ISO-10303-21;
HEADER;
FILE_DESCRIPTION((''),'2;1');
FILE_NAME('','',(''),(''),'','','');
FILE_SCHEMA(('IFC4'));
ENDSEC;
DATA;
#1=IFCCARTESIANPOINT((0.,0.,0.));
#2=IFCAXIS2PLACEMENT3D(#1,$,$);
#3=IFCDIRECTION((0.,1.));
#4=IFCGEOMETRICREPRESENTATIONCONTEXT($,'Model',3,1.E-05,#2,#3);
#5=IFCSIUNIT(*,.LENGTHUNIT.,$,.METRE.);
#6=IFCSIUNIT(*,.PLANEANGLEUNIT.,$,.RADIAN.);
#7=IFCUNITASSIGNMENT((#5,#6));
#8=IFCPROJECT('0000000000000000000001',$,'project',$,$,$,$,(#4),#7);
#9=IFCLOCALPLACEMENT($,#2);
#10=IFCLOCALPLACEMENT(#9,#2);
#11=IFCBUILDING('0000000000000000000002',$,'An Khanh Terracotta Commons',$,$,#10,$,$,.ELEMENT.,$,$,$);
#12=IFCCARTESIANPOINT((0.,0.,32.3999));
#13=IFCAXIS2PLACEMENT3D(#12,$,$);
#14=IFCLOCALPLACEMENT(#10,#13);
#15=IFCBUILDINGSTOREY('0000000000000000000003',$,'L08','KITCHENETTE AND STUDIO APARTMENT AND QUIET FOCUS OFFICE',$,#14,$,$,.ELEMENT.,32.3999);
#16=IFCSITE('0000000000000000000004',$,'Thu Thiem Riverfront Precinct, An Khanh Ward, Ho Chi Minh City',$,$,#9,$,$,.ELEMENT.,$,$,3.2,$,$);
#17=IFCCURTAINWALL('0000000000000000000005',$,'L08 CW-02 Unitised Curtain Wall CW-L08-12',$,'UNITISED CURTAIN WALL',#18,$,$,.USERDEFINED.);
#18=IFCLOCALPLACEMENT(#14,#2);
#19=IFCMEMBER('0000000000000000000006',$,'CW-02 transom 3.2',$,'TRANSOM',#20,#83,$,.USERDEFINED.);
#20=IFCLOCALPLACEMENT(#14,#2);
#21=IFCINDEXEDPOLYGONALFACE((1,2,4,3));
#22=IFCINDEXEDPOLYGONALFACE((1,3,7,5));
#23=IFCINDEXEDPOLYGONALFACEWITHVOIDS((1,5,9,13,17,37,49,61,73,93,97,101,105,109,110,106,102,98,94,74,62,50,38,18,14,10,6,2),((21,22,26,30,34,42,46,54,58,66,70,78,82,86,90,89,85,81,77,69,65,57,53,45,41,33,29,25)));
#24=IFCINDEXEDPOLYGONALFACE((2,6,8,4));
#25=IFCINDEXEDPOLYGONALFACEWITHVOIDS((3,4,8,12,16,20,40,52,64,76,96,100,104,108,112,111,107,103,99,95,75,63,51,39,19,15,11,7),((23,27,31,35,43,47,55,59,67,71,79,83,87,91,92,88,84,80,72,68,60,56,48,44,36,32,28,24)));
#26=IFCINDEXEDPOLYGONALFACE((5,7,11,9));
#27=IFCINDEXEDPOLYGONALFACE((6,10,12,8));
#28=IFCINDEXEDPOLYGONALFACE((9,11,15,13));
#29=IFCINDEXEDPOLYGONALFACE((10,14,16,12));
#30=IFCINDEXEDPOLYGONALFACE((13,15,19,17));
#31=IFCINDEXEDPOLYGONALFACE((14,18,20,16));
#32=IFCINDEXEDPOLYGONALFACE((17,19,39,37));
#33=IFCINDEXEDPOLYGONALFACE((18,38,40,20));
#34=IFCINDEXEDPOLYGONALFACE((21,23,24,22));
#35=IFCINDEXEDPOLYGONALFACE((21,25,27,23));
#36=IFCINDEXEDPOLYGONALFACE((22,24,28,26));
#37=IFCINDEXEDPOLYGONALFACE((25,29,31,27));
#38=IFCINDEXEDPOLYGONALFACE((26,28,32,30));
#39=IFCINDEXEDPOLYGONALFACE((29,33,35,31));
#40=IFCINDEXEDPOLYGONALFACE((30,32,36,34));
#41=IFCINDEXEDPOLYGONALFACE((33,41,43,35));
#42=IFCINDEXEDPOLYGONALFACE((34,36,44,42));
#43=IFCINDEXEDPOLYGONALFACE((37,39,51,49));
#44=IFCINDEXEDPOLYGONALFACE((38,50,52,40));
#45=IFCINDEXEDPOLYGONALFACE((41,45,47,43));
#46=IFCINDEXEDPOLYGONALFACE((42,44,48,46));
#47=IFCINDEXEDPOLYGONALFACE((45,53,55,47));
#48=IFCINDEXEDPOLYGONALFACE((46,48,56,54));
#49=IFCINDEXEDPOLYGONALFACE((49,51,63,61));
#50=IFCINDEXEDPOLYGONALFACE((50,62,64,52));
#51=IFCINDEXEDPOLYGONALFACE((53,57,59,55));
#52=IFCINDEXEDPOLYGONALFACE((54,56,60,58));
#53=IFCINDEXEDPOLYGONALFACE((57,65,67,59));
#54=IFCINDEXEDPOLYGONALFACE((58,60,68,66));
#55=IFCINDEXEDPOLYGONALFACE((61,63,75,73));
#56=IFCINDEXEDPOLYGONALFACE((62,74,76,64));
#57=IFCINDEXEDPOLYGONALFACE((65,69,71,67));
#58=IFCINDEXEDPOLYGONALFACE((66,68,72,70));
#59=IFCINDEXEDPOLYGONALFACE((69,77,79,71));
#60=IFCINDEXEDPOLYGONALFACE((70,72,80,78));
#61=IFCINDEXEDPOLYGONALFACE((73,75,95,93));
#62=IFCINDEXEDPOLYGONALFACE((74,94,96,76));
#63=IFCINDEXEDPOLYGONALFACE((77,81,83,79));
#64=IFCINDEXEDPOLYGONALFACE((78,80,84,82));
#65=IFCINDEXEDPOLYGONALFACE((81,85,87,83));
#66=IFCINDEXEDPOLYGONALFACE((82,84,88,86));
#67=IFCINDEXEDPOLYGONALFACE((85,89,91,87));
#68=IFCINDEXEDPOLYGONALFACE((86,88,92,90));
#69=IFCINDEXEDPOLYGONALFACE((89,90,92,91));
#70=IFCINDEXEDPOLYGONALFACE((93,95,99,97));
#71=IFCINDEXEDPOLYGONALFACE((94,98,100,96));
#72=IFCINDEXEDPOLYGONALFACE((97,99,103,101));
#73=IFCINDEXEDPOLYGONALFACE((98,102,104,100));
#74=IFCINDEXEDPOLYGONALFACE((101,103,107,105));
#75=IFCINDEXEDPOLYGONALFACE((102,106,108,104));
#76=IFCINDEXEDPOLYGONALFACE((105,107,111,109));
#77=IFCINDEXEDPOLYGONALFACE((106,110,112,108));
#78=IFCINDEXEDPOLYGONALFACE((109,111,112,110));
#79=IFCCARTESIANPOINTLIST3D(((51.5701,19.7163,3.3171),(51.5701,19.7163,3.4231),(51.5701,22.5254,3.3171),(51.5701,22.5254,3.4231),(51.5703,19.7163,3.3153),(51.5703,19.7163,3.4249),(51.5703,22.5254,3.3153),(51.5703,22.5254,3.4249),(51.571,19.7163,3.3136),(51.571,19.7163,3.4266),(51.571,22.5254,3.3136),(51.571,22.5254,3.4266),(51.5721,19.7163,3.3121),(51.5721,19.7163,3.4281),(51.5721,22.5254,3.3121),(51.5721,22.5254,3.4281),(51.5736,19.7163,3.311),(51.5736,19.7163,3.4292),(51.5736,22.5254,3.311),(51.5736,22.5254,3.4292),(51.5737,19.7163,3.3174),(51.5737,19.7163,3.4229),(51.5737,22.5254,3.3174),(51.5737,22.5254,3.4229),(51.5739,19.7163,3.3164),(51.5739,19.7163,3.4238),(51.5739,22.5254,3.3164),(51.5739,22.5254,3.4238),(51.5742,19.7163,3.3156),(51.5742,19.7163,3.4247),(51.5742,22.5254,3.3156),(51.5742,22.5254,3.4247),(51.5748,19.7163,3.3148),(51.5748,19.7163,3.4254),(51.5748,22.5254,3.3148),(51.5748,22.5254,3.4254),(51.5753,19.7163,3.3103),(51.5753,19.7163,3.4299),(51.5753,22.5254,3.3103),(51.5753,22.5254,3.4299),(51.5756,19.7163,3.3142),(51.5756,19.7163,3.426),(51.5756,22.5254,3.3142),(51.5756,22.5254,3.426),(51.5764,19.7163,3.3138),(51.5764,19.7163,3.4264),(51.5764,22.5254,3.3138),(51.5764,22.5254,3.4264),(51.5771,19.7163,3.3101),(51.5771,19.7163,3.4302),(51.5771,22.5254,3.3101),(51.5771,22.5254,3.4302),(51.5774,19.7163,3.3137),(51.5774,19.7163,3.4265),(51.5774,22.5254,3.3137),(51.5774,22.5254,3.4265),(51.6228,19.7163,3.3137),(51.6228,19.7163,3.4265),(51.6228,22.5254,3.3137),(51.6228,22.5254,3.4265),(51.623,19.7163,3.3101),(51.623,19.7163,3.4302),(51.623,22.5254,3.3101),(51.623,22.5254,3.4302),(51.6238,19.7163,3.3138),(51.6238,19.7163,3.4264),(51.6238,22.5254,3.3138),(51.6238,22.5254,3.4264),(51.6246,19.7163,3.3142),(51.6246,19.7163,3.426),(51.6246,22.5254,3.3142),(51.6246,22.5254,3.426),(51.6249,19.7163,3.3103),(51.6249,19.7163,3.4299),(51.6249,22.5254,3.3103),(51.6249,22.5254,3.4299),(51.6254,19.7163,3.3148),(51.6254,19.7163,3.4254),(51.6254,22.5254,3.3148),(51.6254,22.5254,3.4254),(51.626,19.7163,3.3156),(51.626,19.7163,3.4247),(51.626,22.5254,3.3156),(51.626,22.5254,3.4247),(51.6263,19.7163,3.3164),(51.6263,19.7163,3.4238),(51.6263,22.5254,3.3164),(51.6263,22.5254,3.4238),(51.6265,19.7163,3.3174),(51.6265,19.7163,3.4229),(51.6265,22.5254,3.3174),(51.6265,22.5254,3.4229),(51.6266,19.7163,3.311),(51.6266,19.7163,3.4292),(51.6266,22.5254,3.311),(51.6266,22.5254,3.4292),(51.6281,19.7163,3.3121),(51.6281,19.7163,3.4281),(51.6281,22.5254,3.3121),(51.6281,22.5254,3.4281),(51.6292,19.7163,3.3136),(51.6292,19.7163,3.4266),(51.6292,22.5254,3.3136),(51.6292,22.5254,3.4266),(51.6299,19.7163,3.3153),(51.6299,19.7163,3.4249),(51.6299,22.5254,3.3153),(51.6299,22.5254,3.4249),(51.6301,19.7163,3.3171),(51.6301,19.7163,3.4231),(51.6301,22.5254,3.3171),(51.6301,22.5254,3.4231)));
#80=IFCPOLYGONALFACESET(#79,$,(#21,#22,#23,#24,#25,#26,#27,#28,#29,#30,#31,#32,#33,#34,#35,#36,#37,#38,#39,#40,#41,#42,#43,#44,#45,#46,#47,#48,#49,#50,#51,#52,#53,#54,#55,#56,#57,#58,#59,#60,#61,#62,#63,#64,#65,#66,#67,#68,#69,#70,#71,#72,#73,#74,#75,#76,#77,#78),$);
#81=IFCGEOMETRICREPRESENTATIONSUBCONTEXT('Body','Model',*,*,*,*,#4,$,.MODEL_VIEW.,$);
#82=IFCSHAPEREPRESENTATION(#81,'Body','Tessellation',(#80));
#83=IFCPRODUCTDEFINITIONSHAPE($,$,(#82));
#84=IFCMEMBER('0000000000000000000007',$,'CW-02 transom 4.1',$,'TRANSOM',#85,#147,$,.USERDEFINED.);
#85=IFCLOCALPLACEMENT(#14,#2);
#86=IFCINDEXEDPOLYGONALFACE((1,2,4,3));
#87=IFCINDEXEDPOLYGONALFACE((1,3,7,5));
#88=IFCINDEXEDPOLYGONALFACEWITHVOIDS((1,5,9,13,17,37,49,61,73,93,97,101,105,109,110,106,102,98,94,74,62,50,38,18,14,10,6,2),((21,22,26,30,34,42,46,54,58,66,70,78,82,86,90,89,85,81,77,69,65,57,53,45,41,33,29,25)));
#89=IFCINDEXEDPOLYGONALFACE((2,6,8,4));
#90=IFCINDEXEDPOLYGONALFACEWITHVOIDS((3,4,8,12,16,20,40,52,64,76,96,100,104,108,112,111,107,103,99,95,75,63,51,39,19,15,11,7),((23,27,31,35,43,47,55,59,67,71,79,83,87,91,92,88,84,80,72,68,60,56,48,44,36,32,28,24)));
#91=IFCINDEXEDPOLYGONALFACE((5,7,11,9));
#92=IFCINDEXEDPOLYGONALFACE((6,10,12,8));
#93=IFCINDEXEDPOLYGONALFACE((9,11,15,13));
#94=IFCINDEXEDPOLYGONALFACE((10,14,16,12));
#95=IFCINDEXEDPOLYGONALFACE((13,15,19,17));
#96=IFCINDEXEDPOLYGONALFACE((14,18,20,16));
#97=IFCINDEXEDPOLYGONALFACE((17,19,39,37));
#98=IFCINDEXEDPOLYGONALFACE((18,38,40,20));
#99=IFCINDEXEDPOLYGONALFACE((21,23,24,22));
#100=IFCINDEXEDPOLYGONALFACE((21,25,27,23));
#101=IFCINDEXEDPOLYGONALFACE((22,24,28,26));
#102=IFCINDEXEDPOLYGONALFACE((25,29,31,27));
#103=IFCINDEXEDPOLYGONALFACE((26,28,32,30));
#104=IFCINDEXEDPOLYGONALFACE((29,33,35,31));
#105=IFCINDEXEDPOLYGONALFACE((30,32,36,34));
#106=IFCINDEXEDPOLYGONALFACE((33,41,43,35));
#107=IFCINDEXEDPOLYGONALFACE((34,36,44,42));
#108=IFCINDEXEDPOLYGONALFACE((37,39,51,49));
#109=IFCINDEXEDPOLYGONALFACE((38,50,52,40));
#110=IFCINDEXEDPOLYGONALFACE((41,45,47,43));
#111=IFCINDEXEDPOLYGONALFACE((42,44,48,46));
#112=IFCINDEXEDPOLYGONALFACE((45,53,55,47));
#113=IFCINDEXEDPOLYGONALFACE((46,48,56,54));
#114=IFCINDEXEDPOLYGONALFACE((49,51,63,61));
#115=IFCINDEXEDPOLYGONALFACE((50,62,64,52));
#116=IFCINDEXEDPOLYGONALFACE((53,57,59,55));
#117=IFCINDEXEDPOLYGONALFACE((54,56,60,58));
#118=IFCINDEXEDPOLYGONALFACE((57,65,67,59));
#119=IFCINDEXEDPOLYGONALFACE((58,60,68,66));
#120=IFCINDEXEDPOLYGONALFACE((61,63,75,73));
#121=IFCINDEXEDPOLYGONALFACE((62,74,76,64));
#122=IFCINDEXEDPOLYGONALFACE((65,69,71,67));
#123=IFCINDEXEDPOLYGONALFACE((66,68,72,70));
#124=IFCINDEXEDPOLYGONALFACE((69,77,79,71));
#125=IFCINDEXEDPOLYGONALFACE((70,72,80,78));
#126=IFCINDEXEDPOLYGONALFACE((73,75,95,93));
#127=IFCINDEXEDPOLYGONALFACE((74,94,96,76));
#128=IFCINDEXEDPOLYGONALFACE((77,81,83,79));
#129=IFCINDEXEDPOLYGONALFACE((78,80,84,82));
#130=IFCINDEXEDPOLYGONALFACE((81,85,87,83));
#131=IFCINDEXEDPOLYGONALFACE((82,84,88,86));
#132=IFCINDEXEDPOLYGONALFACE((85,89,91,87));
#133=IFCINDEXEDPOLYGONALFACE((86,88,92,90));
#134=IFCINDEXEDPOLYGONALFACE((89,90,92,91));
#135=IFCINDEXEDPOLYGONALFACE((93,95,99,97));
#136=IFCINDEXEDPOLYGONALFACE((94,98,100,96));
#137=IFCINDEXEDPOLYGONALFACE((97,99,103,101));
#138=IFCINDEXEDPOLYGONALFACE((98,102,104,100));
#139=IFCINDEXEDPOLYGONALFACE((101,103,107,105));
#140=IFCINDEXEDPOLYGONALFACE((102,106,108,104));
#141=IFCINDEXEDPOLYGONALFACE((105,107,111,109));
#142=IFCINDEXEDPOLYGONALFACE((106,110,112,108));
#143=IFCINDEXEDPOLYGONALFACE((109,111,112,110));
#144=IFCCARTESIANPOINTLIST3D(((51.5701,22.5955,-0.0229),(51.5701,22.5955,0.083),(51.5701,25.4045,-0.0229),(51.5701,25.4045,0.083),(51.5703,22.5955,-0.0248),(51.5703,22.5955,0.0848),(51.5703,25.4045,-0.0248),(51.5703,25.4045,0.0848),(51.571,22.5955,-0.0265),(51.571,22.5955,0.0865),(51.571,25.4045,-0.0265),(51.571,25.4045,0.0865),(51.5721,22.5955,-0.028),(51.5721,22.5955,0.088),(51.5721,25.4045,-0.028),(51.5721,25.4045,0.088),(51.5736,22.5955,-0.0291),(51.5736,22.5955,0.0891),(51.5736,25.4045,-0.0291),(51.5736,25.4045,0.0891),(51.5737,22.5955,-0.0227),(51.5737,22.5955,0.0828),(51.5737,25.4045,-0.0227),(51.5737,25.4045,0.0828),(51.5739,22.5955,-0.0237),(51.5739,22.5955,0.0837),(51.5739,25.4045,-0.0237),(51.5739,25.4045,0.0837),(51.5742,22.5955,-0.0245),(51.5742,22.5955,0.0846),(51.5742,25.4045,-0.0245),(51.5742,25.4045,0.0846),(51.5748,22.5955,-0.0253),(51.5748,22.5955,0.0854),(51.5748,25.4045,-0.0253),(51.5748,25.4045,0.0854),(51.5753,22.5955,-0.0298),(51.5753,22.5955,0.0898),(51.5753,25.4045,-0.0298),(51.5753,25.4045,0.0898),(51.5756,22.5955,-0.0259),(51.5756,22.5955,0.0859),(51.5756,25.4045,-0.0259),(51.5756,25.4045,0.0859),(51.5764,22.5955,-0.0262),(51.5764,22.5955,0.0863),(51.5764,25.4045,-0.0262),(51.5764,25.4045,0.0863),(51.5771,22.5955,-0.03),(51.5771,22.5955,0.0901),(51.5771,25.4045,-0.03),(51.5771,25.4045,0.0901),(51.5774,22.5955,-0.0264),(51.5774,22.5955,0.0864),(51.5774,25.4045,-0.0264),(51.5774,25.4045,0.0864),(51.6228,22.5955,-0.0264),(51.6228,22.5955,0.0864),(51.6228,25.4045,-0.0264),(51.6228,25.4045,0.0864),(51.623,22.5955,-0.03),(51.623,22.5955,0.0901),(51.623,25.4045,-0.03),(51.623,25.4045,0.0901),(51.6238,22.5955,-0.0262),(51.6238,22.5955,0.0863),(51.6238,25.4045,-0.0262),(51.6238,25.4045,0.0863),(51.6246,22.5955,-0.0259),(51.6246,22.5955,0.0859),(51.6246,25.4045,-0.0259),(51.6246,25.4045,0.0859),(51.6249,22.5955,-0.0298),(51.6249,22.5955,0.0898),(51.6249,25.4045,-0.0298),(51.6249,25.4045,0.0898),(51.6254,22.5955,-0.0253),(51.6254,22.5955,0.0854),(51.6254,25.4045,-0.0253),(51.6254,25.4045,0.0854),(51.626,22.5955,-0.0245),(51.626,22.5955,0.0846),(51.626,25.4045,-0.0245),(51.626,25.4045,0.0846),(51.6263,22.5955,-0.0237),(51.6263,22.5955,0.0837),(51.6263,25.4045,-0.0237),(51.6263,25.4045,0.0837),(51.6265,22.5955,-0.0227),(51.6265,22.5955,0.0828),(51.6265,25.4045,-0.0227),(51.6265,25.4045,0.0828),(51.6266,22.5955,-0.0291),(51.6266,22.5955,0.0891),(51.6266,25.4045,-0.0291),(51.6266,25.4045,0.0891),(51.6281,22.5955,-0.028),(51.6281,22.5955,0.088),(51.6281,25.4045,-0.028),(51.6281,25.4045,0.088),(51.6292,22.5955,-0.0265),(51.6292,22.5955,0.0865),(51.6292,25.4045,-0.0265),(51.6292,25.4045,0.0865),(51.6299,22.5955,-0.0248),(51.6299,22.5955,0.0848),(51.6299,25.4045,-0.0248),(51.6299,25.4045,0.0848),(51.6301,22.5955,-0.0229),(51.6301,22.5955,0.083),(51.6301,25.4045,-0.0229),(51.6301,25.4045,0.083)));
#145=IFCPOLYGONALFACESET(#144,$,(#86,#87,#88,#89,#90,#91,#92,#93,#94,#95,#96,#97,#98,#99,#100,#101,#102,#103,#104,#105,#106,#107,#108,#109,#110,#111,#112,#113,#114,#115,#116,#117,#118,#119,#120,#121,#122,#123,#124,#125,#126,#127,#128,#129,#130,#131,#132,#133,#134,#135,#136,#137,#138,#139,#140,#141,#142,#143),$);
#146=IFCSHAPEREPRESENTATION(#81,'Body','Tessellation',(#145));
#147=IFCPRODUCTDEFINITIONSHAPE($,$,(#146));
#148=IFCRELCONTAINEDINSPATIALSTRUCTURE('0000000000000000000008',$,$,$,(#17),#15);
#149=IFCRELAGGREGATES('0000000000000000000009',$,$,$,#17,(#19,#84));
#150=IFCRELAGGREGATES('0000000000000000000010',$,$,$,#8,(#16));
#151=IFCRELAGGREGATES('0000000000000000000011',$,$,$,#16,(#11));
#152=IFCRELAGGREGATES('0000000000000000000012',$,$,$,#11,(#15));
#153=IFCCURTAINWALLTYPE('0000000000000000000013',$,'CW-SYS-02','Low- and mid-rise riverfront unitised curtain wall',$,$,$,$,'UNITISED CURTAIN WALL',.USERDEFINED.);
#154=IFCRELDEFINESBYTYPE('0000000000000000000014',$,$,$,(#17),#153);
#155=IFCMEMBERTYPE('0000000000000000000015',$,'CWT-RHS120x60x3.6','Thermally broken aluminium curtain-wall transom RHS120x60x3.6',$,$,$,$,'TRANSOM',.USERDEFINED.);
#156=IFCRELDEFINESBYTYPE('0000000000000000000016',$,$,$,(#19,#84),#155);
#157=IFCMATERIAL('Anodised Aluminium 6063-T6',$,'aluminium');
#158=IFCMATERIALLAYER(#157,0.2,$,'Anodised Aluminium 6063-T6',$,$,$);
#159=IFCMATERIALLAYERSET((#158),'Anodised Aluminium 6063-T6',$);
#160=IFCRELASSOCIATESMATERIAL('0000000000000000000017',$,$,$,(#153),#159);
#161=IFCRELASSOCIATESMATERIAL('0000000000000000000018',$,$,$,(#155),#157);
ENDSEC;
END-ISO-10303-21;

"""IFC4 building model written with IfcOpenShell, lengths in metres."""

from ifc_helpers import new_model, si_unit, direction, frame, origin, origin_2d, place, context, subcontext, project, spatial, hollow_rectangle, extrude, material, layer, layer_set, material_profile, profile_set, type_object, element, aggregate, save


model = new_model("IFC4")

# Units and contexts
model_context = context("Model", 3, precision=1e-05, world=origin(), true_north=direction((0.0, 1.0)))
body_context = subcontext(model_context, "Body", "Model", "MODEL_VIEW")
ifc_project = project(units=[si_unit("LENGTHUNIT", "METRE"), si_unit("PLANEANGLEUNIT", "RADIAN")], contexts=[model_context])

# Site, building, storey
site_placement = place(None, origin())
site = spatial("IfcSite", under=ifc_project, at=site_placement, Name="Thu Thiem Riverfront Precinct, An Khanh Ward, Ho Chi Minh City", CompositionType="ELEMENT", RefElevation=3.2)
building_placement = place(site_placement, origin())
building = spatial("IfcBuilding", under=site, at=building_placement, Name="An Khanh Terracotta Commons", CompositionType="ELEMENT")
storey_placement = place(building_placement, frame((0.0, 0.0, 32.3999)))
storey = spatial("IfcBuildingStorey", under=building, at=storey_placement, Name="L08", Description="KITCHENETTE AND STUDIO APARTMENT AND QUIET FOCUS OFFICE", CompositionType="ELEMENT", Elevation=32.3999)

# Curtain wall, members
ifc_material_1 = material(Name="Anodised Aluminium 6063-T6", Category="aluminium")
ifc_layer_1 = layer(ifc_material_1, 0.2, Name="Anodised Aluminium 6063-T6")
ifc_layer_set_1 = layer_set([ifc_layer_1], Name="Anodised Aluminium 6063-T6")
curtain_wall_type = type_object("IfcCurtainWallType", Name="CW-SYS-02", Description="Low- and mid-rise riverfront unitised curtain wall", ElementType="UNITISED CURTAIN WALL", PredefinedType="USERDEFINED", material=ifc_layer_set_1)
curtain_wall_placement = place(storey_placement, origin())
curtain_wall = element("IfcCurtainWall", 1, at=curtain_wall_placement, inside=storey, type_object=curtain_wall_type, Name="L08 CW-02 Unitised Curtain Wall CW-L08-12", ObjectType="UNITISED CURTAIN WALL", PredefinedType="USERDEFINED")
ifc_material_profile_1 = material_profile(ifc_material_1, hollow_rectangle(XDim=0.0601, YDim=0.1201, WallThickness=0.0037, InnerFilletRadius=0.0037, OuterFilletRadius=0.0071, at=origin_2d()), Name="RHS120x60x3.6")
ifc_profile_set_1 = profile_set([ifc_material_profile_1], Name="Anodised Aluminium 6063-T6")
member_type_1 = type_object("IfcMemberType", Name="CWT-RHS120x60x3.6", Description="Thermally broken aluminium curtain-wall transom RHS120x60x3.6", ElementType="TRANSOM", PredefinedType="USERDEFINED", material=ifc_profile_set_1)
member_1_placement = place(storey_placement, frame((51.6001, 19.7163, 3.3701), z_axis=(0.0, 1.0, 0.0), x_axis=(-1.0, 0.0, 0.0)))
member_1 = element("IfcMember", 2, at=member_1_placement, type_object=member_type_1, Name="CW-02 transom 3.2", ObjectType="TRANSOM", PredefinedType="USERDEFINED", context=body_context, shape_type="SweptSolid", body=[
    extrude(hollow_rectangle(XDim=0.0601, YDim=0.1201, WallThickness=0.0037, InnerFilletRadius=0.0037, OuterFilletRadius=0.0071, at=origin_2d()), origin(), (0.0, 0.0, 1.0), 2.8091),
])
member_2_placement = place(storey_placement, frame((51.6001, 22.5955, 0.03), z_axis=(0.0, 1.0, 0.0), x_axis=(-1.0, 0.0, 0.0)))
member_2 = element("IfcMember", 3, at=member_2_placement, type_object=member_type_1, Name="CW-02 transom 4.1", ObjectType="TRANSOM", PredefinedType="USERDEFINED", context=body_context, shape_type="SweptSolid", body=[
    extrude(hollow_rectangle(XDim=0.0601, YDim=0.1201, WallThickness=0.0037, InnerFilletRadius=0.0037, OuterFilletRadius=0.0071, at=origin_2d()), origin(), (0.0, 0.0, 1.0), 2.8091),
])
aggregate(curtain_wall, [member_1, member_2])

save(model, "model.ifc")
